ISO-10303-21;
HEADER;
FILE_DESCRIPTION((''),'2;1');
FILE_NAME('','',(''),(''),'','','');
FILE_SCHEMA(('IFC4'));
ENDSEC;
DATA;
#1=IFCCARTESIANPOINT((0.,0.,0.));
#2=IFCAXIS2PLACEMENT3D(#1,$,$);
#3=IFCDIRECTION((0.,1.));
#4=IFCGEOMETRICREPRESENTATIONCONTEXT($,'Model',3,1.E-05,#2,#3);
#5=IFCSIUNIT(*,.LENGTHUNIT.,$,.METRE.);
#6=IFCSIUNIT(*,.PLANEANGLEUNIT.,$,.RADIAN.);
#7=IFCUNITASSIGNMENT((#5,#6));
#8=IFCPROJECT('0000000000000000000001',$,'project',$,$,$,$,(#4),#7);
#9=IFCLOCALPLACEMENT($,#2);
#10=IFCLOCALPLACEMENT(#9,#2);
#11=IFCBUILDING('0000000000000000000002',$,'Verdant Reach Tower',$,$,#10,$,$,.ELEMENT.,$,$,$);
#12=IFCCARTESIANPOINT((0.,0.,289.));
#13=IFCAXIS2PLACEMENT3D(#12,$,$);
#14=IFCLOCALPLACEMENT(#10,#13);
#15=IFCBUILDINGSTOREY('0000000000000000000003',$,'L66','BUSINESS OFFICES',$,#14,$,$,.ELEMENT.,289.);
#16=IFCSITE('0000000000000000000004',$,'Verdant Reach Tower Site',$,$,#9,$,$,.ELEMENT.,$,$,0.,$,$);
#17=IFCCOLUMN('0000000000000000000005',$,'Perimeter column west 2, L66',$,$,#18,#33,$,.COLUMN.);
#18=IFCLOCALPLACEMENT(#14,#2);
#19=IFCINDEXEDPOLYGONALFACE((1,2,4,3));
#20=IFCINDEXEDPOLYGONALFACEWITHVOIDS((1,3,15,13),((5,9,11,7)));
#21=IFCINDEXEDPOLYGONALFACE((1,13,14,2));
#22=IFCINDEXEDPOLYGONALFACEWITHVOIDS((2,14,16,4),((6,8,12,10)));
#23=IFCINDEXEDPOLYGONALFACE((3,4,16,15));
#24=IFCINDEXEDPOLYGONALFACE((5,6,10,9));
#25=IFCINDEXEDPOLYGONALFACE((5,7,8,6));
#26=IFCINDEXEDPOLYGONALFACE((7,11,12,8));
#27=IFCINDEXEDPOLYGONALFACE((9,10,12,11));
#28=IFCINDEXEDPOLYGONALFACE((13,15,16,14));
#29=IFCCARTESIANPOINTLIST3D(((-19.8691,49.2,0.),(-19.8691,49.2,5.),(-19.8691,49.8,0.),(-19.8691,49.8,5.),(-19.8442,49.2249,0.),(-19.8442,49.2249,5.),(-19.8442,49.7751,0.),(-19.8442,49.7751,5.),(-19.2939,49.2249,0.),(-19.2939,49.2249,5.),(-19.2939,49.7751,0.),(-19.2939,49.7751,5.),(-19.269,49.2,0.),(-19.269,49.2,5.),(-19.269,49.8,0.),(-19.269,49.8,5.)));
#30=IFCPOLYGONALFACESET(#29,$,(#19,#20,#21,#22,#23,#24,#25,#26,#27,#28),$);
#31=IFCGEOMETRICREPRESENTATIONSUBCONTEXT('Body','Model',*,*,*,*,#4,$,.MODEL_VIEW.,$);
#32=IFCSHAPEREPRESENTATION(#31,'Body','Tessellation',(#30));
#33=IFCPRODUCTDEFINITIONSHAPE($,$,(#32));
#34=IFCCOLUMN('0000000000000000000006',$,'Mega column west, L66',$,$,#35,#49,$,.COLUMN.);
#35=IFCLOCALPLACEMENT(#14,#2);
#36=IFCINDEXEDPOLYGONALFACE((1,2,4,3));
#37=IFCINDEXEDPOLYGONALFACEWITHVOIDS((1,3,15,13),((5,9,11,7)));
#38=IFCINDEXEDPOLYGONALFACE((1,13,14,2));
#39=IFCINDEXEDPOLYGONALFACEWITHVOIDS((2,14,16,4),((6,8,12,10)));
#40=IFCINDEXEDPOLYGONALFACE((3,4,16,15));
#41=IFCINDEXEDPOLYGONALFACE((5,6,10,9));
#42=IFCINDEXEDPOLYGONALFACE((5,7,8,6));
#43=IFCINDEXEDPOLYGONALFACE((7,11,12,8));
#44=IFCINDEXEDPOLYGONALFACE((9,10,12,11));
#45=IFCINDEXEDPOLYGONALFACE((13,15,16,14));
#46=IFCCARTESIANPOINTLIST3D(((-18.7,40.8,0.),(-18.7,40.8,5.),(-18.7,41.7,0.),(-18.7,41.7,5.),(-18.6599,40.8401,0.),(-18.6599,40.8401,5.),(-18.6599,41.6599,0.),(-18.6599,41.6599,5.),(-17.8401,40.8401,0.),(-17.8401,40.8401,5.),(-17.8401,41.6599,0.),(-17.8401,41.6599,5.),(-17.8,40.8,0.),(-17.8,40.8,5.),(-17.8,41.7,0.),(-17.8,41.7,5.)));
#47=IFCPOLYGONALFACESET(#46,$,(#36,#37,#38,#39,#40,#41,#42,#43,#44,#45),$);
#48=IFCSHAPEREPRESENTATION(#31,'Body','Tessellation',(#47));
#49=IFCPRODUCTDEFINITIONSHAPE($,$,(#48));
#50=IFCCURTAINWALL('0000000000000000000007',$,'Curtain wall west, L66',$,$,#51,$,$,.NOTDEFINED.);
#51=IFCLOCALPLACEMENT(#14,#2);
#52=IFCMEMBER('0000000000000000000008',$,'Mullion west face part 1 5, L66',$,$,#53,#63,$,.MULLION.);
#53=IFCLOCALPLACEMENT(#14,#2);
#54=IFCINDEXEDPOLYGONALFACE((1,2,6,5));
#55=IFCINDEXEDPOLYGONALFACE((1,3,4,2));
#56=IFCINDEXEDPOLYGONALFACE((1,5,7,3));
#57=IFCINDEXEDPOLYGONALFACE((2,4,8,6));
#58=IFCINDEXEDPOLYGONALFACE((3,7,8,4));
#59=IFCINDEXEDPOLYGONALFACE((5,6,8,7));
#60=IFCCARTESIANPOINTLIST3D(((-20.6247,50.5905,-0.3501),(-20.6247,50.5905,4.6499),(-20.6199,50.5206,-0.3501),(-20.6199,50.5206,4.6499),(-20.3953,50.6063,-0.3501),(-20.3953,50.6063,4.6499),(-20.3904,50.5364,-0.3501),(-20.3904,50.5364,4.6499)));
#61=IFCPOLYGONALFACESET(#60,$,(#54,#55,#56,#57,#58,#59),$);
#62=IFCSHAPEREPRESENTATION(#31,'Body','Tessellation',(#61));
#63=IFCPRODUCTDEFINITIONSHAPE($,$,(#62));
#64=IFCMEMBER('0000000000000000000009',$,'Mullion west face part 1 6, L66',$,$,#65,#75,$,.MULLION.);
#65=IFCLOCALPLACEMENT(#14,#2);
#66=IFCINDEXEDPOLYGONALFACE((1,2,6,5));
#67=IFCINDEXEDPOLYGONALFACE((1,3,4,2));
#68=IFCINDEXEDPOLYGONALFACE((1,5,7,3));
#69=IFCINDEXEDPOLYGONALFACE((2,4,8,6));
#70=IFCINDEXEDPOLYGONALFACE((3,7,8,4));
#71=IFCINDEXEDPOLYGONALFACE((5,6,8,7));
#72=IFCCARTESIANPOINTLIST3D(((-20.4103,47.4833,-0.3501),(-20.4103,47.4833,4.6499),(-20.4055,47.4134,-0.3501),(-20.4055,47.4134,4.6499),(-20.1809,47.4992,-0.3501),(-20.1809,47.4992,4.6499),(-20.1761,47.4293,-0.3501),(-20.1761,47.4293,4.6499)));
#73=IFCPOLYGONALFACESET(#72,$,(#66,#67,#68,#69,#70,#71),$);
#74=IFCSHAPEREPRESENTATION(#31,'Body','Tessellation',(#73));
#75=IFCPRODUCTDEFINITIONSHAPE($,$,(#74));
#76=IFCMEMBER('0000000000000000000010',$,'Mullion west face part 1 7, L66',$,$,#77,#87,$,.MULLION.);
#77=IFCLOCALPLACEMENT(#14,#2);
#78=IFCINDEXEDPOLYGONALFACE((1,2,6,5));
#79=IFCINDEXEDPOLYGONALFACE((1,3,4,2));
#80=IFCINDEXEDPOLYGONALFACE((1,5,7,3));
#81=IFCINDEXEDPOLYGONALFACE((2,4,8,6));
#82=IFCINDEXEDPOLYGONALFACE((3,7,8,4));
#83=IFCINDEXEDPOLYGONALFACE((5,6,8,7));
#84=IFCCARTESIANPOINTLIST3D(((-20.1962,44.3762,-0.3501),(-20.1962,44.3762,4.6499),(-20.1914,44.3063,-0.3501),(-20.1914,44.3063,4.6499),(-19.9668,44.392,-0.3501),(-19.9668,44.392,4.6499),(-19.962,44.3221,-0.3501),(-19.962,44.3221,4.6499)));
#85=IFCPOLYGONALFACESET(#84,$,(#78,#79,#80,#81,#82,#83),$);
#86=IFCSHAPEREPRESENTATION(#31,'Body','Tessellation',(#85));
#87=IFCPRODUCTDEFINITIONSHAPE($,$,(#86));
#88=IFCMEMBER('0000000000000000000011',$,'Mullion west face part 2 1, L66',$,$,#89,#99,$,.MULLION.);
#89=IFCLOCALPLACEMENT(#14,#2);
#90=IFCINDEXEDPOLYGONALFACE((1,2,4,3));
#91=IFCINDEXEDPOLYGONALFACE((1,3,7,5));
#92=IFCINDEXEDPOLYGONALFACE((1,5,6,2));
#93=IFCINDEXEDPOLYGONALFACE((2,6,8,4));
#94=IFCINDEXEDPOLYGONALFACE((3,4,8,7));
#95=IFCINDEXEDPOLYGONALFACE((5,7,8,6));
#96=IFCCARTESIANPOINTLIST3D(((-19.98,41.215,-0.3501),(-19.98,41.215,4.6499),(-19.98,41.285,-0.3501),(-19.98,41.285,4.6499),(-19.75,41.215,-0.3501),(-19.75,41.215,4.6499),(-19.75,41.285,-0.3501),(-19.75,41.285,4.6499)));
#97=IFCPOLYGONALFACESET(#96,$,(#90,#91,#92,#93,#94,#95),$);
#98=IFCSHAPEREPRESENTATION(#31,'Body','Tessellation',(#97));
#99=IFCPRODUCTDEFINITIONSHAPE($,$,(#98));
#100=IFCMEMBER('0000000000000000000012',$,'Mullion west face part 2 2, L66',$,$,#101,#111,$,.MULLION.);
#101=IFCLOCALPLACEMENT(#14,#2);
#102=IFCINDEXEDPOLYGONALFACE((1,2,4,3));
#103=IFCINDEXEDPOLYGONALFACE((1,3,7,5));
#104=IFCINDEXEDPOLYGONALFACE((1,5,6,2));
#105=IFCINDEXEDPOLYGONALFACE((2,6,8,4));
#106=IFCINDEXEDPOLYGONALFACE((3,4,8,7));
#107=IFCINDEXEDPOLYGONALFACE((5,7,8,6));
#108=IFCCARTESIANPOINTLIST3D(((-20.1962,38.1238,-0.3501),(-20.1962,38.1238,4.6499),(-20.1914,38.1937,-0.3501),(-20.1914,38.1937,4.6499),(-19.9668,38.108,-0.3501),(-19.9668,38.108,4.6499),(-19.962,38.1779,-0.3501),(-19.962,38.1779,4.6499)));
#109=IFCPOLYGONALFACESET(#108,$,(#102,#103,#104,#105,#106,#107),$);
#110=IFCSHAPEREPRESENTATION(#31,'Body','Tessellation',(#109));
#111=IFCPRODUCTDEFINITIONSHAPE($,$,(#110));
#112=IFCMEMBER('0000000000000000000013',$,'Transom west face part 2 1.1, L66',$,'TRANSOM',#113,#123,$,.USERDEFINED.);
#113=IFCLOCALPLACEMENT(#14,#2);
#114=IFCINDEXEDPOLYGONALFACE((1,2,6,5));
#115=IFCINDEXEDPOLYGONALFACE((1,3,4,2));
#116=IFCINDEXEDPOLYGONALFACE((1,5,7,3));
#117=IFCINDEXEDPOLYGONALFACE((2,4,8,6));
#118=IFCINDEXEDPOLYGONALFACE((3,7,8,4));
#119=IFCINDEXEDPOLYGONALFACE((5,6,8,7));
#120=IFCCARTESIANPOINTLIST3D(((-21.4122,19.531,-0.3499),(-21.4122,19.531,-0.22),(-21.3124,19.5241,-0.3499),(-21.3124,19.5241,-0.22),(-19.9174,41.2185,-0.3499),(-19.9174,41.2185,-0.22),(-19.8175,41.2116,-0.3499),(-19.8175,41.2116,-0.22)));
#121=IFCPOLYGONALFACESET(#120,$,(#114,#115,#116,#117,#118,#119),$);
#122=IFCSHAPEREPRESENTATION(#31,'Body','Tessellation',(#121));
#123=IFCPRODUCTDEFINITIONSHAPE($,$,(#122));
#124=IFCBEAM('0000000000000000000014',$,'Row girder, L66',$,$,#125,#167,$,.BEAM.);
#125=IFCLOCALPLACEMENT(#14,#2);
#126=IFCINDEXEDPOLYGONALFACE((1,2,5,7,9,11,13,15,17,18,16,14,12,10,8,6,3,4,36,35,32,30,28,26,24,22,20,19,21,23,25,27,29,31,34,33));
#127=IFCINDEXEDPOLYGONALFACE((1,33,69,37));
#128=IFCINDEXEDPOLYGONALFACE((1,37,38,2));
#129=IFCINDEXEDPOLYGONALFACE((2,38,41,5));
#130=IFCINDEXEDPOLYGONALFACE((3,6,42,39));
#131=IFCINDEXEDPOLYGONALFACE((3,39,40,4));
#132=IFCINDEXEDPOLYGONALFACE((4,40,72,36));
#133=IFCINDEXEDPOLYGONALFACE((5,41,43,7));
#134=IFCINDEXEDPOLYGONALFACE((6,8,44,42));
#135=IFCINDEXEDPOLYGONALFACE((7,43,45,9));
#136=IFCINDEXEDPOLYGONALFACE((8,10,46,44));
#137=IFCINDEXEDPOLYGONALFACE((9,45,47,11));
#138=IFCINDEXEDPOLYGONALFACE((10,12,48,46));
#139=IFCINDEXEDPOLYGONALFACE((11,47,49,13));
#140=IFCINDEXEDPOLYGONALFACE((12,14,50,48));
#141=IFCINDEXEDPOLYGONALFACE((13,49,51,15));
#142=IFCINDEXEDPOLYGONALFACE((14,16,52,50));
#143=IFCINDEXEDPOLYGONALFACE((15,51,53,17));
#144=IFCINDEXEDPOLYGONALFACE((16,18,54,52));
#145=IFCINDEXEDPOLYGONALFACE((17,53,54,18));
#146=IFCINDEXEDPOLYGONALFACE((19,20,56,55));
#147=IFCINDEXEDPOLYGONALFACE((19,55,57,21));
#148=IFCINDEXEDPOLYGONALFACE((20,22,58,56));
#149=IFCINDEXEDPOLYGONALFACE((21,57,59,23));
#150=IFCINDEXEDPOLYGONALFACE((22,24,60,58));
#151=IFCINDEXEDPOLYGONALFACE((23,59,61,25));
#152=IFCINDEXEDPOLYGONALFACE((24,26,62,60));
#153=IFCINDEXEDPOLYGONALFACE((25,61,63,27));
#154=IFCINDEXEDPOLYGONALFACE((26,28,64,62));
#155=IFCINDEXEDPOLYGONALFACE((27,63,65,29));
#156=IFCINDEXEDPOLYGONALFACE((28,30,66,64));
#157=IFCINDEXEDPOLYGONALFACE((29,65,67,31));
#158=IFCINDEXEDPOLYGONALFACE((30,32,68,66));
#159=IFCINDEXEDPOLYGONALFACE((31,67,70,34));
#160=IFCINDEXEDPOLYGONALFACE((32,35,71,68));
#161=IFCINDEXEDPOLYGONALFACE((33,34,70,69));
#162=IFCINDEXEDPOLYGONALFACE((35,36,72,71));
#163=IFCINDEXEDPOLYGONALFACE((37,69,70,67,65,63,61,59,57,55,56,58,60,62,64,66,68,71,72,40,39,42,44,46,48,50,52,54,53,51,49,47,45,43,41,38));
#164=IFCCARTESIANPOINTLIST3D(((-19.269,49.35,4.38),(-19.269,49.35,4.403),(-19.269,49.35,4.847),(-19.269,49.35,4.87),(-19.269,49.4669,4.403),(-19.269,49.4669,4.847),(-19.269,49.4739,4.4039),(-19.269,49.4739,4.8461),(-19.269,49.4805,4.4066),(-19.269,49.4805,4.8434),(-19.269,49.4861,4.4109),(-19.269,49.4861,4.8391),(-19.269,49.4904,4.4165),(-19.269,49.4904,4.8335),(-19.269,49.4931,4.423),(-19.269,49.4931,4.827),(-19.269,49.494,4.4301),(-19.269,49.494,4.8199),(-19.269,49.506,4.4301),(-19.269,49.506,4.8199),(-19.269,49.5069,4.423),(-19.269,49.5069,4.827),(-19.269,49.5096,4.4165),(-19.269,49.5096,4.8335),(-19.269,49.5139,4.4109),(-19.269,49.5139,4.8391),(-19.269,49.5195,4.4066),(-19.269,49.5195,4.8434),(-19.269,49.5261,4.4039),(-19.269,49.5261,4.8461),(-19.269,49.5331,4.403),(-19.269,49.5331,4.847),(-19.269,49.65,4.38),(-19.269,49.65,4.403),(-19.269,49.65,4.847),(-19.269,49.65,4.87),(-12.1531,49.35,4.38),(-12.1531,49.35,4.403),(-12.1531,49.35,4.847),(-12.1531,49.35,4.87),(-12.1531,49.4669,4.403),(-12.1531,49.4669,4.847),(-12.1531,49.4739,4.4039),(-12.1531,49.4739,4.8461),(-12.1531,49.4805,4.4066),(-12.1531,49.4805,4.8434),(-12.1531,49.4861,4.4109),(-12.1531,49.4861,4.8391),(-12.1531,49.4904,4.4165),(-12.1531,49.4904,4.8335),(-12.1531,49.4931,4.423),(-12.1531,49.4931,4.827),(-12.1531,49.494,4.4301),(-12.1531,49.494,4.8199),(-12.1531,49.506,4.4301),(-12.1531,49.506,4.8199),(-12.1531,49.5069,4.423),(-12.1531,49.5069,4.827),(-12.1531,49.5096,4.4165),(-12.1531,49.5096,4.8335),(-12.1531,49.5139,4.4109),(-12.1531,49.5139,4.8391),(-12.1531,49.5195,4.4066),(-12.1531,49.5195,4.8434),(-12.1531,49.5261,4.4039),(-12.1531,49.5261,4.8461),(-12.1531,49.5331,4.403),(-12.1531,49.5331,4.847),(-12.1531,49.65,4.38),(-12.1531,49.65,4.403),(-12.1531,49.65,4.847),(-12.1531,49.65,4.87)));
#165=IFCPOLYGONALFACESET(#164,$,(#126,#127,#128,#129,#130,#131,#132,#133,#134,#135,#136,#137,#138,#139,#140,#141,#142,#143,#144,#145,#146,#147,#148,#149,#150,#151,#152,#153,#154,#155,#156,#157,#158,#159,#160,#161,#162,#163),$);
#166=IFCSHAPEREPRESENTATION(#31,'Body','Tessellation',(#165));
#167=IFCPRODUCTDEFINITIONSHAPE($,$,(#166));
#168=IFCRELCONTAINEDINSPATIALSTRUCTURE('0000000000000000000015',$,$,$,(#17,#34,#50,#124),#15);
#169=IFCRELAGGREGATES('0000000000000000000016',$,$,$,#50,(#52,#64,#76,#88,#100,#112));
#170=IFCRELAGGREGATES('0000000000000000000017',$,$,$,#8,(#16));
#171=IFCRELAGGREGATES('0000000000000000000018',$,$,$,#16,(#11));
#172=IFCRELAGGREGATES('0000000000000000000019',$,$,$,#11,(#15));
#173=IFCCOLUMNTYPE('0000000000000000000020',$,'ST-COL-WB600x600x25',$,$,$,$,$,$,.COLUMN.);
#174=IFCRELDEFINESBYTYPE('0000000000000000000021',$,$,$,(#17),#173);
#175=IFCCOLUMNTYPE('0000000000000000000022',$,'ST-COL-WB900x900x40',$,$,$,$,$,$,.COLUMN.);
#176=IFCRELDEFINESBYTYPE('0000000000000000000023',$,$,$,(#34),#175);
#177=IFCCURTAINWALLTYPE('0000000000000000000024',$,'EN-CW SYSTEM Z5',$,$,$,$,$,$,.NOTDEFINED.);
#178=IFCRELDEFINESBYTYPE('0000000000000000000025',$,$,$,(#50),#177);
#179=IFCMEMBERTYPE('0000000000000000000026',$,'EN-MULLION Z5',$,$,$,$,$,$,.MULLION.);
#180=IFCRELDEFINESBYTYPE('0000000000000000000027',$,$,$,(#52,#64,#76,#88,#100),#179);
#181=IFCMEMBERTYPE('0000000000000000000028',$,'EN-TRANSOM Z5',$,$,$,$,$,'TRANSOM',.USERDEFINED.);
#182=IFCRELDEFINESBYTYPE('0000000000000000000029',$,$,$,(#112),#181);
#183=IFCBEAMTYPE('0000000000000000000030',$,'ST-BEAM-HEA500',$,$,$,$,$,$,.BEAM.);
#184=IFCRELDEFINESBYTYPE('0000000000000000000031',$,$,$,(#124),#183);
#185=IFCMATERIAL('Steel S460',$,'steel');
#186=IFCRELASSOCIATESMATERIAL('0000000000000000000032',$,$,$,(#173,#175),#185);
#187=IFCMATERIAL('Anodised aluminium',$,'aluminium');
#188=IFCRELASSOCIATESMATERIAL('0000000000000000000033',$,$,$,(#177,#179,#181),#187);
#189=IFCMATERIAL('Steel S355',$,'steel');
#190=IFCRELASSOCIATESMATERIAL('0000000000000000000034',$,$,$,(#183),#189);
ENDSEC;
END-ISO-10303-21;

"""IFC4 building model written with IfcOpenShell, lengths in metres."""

from ifc_helpers import new_model, si_unit, direction, frame, origin, origin_2d, place, context, subcontext, project, spatial, rectangle, hollow_rectangle, i_section, extrude, material, material_profile, profile_set, type_object, element, aggregate, save


model = new_model("IFC4")

# Units and contexts
model_context = context("Model", 3, precision=1e-05, world=origin(), true_north=direction((0.0, 1.0)))
body_context = subcontext(model_context, "Body", "Model", "MODEL_VIEW")
ifc_project = project(units=[si_unit("LENGTHUNIT", "METRE"), si_unit("PLANEANGLEUNIT", "RADIAN")], contexts=[model_context])

# Site, building, storey
site_placement = place(None, origin())
site = spatial("IfcSite", under=ifc_project, at=site_placement, Name="Verdant Reach Tower Site", CompositionType="ELEMENT", RefElevation=0.0)
building_placement = place(site_placement, origin())
building = spatial("IfcBuilding", under=site, at=building_placement, Name="Verdant Reach Tower", CompositionType="ELEMENT")
storey_placement = place(building_placement, frame((0.0, 0.0, 289.0)))
storey = spatial("IfcBuildingStorey", under=building, at=storey_placement, Name="L66", Description="BUSINESS OFFICES", CompositionType="ELEMENT", Elevation=289.0)

# Columns
ifc_material_1 = material(Name="Steel S460", Category="steel")
ifc_material_profile_1 = material_profile(ifc_material_1, hollow_rectangle(XDim=0.6001, YDim=0.6001, WallThickness=0.0249, at=origin_2d()), Name="WB 600x600x25")
ifc_profile_set_1 = profile_set([ifc_material_profile_1], Name="Steel S460")
column_type_1 = type_object("IfcColumnType", Name="ST-COL-WB600x600x25", PredefinedType="COLUMN", material=ifc_profile_set_1)
column_1_placement = place(storey_placement, frame((-19.5691, 49.5, 0.0), z_axis=(0.0, 0.0, 1.0), x_axis=(1.0, 0.0, 0.0)))
element("IfcColumn", 1, at=column_1_placement, inside=storey, type_object=column_type_1, Name="Perimeter column west 2, L66", PredefinedType="COLUMN", context=body_context, shape_type="SweptSolid", body=[
    extrude(hollow_rectangle(XDim=0.6001, YDim=0.6001, WallThickness=0.0249, at=origin_2d()), origin(), (0.0, 0.0, 1.0), 5.0),
])
ifc_material_profile_2 = material_profile(ifc_material_1, hollow_rectangle(XDim=0.8999, YDim=0.8999, WallThickness=0.04, at=origin_2d()), Name="WB 900x900x40")
ifc_profile_set_2 = profile_set([ifc_material_profile_2], Name="Steel S460")
column_type_2 = type_object("IfcColumnType", Name="ST-COL-WB900x900x40", PredefinedType="COLUMN", material=ifc_profile_set_2)
column_2_placement = place(storey_placement, frame((-18.25, 41.25, 0.0), z_axis=(0.0, 0.0, 1.0), x_axis=(1.0, 0.0, 0.0)))
element("IfcColumn", 2, at=column_2_placement, inside=storey, type_object=column_type_2, Name="Mega column west, L66", PredefinedType="COLUMN", context=body_context, shape_type="SweptSolid", body=[
    extrude(hollow_rectangle(XDim=0.8999, YDim=0.8999, WallThickness=0.04, at=origin_2d()), origin(), (0.0, 0.0, 1.0), 5.0),
])

# Curtain wall, members
ifc_material_2 = material(Name="Anodised aluminium", Category="aluminium")
curtain_wall_type = type_object("IfcCurtainWallType", Name="EN-CW SYSTEM Z5", PredefinedType="NOTDEFINED", material=ifc_material_2)
curtain_wall_placement = place(storey_placement, origin())
curtain_wall = element("IfcCurtainWall", 3, at=curtain_wall_placement, inside=storey, type_object=curtain_wall_type, Name="Curtain wall west, L66", PredefinedType="NOTDEFINED")
ifc_material_profile_3 = material_profile(ifc_material_2, rectangle(XDim=0.23, YDim=0.0701, at=origin_2d()), Name="Mullion 70x230")
ifc_profile_set_3 = profile_set([ifc_material_profile_3], Name="Anodised aluminium")
member_type_1 = type_object("IfcMemberType", Name="EN-MULLION Z5", PredefinedType="MULLION", material=ifc_profile_set_3)
member_1_placement = place(storey_placement, frame((-20.5076, 50.5635, -0.3501), z_axis=(0.0, 0.0, 1.0), x_axis=(-0.99763, -0.068802, 0.0)))
member_1 = element("IfcMember", 4, at=member_1_placement, type_object=member_type_1, Name="Mullion west face part 1 5, L66", PredefinedType="MULLION", context=body_context, shape_type="SweptSolid", body=[
    extrude(rectangle(XDim=0.23, YDim=0.0701, at=origin_2d()), origin(), (0.0, 0.0, 1.0), 5.0),
])
member_2_placement = place(storey_placement, frame((-20.2932, 47.4563, -0.3501), z_axis=(0.0, 0.0, 1.0), x_axis=(-0.99763, -0.068802, 0.0)))
member_2 = element("IfcMember", 5, at=member_2_placement, type_object=member_type_1, Name="Mullion west face part 1 6, L66", PredefinedType="MULLION", context=body_context, shape_type="SweptSolid", body=[
    extrude(rectangle(XDim=0.23, YDim=0.0701, at=origin_2d()), origin(), (0.0, 0.0, 1.0), 5.0),
])
member_3_placement = place(storey_placement, frame((-20.0791, 44.3491, -0.3501), z_axis=(0.0, 0.0, 1.0), x_axis=(-0.99763, -0.068802, 0.0)))
member_3 = element("IfcMember", 6, at=member_3_placement, type_object=member_type_1, Name="Mullion west face part 1 7, L66", PredefinedType="MULLION", context=body_context, shape_type="SweptSolid", body=[
    extrude(rectangle(XDim=0.23, YDim=0.0701, at=origin_2d()), origin(), (0.0, 0.0, 1.0), 5.0),
])
member_4_placement = place(storey_placement, frame((-19.865, 41.25, -0.3501), z_axis=(0.0, 0.0, 1.0), x_axis=(-1.0, 0.0, 0.0)))
member_4 = element("IfcMember", 7, at=member_4_placement, type_object=member_type_1, Name="Mullion west face part 2 1, L66", PredefinedType="MULLION", context=body_context, shape_type="SweptSolid", body=[
    extrude(rectangle(XDim=0.23, YDim=0.0701, at=origin_2d()), origin(), (0.0, 0.0, 1.0), 5.0),
])
member_5_placement = place(storey_placement, frame((-20.0791, 38.1509, -0.3501), z_axis=(0.0, 0.0, 1.0), x_axis=(-0.99763, 0.068802, 0.0)))
member_5 = element("IfcMember", 8, at=member_5_placement, type_object=member_type_1, Name="Mullion west face part 2 2, L66", PredefinedType="MULLION", context=body_context, shape_type="SweptSolid", body=[
    extrude(rectangle(XDim=0.23, YDim=0.0701, at=origin_2d()), origin(), (0.0, 0.0, 1.0), 5.0),
])
ifc_material_profile_4 = material_profile(ifc_material_2, rectangle(XDim=0.1001, YDim=0.1299, at=origin_2d()), Name="Transom 130x100")
ifc_profile_set_4 = profile_set([ifc_material_profile_4], Name="Anodised aluminium")
member_type_2 = type_object("IfcMemberType", Name="EN-TRANSOM Z5", ElementType="TRANSOM", PredefinedType="USERDEFINED", material=ifc_profile_set_4)
member_6_placement = place(storey_placement, frame((-19.8674, 41.2151, -0.2849), z_axis=(-0.068765, -0.997633, 0.0), x_axis=(0.997633, -0.068765, 0.0)))
member_6 = element("IfcMember", 9, at=member_6_placement, type_object=member_type_2, Name="Transom west face part 2 1.1, L66", ObjectType="TRANSOM", PredefinedType="USERDEFINED", context=body_context, shape_type="SweptSolid", body=[
    extrude(rectangle(XDim=0.1001, YDim=0.1299, at=origin_2d()), origin(), (0.0, 0.0, 1.0), 21.739),
])

# Beam
ifc_material_3 = material(Name="Steel S355", Category="steel")
ifc_material_profile_5 = material_profile(ifc_material_3, i_section(OverallWidth=0.3, OverallDepth=0.49, WebThickness=0.012, FlangeThickness=0.0229, FilletRadius=0.0271, at=origin_2d()), Name="HEA 500")
ifc_profile_set_5 = profile_set([ifc_material_profile_5], Name="Steel S355")
beam_type_1 = type_object("IfcBeamType", Name="ST-BEAM-HEA500", PredefinedType="BEAM", material=ifc_profile_set_5)
beam_1_placement = place(storey_placement, frame((-19.269, 49.5, 4.625), z_axis=(1.0, 0.0, 0.0), x_axis=(0.0, 1.0, 0.0)))
element("IfcBeam", 10, at=beam_1_placement, inside=storey, type_object=beam_type_1, Name="Row girder, L66", PredefinedType="BEAM", context=body_context, shape_type="SweptSolid", body=[
    extrude(i_section(OverallWidth=0.3, OverallDepth=0.49, WebThickness=0.012, FlangeThickness=0.0229, FilletRadius=0.0271, at=origin_2d()), origin(), (0.0, 0.0, 1.0), 7.116),
])

aggregate(curtain_wall, [member_1, member_2, member_3, member_4, member_5, member_6])

save(model, "model.ifc")
